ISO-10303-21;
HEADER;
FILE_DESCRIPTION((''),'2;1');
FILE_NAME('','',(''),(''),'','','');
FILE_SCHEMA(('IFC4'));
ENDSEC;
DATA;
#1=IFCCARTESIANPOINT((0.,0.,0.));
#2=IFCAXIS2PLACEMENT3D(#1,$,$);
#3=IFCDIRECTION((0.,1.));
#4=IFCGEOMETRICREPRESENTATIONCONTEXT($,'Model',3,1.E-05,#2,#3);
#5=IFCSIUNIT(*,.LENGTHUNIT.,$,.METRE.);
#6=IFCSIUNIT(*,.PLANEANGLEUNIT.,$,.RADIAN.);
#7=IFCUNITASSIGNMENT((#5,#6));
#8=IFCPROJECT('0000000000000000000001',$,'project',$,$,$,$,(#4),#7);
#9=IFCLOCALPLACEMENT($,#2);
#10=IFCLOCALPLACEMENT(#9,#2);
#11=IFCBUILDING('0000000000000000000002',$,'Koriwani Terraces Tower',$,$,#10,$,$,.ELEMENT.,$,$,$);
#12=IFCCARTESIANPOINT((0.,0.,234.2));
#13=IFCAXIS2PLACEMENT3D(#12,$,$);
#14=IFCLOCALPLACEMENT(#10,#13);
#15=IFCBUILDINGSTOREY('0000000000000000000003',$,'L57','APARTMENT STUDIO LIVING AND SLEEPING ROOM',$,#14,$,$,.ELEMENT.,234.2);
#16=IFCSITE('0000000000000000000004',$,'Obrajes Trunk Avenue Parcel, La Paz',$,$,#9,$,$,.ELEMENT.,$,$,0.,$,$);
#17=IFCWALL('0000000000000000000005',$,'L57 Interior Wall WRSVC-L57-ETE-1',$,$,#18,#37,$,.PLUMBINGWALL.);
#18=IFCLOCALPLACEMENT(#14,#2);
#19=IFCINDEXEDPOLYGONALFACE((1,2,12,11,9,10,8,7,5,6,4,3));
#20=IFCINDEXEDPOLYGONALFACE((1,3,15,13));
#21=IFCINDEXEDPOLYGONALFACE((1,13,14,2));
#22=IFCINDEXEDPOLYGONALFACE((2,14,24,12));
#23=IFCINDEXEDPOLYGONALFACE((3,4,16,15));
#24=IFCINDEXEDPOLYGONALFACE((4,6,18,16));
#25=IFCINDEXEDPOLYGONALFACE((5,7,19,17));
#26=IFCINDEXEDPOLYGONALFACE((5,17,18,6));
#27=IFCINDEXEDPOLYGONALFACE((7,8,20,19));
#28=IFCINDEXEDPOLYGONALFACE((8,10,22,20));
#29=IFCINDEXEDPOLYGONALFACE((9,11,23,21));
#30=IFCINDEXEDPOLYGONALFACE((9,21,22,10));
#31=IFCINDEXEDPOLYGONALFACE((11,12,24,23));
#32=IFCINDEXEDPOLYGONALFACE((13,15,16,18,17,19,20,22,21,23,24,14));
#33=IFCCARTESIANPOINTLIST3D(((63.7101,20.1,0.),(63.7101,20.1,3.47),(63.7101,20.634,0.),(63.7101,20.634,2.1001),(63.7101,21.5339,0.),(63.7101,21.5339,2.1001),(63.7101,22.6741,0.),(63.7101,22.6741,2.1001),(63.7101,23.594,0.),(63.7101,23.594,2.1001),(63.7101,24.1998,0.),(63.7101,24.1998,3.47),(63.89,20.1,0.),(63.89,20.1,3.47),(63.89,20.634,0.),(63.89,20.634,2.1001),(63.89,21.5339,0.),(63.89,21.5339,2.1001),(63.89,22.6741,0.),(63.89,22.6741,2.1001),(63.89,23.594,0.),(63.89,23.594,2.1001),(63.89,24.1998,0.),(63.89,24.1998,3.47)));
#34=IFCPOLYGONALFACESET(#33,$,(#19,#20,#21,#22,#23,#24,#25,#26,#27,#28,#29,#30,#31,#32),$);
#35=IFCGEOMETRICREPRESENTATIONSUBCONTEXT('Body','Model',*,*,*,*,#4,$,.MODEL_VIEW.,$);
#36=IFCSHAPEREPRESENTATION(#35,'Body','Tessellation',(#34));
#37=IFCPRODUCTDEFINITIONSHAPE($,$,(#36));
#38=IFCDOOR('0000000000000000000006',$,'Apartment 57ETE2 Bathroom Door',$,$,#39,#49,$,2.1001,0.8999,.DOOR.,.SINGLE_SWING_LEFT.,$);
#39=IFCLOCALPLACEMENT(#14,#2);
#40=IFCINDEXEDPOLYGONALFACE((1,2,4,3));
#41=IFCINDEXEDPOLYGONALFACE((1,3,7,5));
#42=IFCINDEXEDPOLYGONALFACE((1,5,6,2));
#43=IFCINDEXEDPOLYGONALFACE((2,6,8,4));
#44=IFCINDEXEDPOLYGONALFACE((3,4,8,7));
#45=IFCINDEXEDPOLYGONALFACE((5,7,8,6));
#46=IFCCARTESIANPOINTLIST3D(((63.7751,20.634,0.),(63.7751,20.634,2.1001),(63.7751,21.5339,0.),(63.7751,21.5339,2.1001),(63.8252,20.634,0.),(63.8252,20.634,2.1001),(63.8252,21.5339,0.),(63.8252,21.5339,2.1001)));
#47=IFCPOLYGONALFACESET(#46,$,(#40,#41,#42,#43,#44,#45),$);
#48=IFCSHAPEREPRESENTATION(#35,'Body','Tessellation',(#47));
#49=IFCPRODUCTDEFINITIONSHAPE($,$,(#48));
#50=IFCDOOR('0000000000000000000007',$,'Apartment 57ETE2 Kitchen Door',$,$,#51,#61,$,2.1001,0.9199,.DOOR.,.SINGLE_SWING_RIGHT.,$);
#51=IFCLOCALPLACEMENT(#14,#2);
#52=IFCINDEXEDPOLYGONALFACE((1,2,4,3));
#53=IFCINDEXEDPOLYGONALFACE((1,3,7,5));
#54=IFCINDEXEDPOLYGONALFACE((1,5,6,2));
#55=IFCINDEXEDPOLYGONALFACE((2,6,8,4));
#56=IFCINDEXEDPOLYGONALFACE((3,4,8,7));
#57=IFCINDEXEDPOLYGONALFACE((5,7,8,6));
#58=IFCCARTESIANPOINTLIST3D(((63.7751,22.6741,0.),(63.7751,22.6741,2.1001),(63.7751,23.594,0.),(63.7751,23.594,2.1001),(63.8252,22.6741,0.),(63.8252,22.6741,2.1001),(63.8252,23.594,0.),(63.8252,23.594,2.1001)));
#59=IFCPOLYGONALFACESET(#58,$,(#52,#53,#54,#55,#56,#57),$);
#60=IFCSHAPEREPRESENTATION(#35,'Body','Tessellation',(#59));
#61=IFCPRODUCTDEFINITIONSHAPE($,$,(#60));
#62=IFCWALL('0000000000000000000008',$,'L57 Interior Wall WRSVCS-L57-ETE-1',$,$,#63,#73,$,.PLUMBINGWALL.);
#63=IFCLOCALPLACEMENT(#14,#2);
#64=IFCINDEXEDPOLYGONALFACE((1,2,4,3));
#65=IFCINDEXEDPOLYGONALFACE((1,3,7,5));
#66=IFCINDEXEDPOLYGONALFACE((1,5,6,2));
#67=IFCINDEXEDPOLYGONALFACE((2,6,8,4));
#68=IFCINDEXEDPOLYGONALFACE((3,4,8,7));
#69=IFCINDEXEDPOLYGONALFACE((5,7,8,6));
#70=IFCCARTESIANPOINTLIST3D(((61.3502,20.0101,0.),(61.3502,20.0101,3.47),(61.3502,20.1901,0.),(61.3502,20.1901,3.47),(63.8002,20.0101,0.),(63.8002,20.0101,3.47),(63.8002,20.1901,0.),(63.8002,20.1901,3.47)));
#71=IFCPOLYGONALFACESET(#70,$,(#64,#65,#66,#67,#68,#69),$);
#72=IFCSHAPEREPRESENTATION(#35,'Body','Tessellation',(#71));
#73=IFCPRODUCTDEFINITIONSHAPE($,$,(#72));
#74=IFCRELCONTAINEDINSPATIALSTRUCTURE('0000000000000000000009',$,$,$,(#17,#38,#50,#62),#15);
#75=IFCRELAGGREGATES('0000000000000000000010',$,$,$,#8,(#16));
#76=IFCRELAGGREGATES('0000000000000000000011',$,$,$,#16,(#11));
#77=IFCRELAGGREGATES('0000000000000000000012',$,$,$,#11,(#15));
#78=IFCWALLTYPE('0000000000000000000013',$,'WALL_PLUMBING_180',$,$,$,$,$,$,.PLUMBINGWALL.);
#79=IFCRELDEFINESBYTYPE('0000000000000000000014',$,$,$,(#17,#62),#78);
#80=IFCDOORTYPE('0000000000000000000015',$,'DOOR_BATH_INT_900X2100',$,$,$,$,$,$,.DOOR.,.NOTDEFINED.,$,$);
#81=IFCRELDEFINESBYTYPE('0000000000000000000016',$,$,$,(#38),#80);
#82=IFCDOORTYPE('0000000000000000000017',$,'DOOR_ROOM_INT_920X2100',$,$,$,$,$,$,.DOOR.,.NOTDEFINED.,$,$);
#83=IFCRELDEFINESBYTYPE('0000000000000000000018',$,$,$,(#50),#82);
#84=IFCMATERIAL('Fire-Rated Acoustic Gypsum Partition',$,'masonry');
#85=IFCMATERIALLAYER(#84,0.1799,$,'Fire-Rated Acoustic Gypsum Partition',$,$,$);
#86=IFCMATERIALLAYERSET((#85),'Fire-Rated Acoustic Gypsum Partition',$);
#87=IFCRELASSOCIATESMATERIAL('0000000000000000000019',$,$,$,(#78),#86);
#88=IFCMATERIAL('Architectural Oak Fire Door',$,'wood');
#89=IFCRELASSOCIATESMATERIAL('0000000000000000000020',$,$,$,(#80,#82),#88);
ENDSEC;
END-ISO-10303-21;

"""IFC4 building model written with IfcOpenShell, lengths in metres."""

from ifc_helpers import new_model, si_unit, direction, frame, frame_2d, origin, place, context, subcontext, project, spatial, rectangle, extrude, material, layer, layer_set, type_object, element, fill, save


model = new_model("IFC4")

# Units and contexts
model_context = context("Model", 3, precision=1e-05, world=origin(), true_north=direction((0.0, 1.0)))
body_context = subcontext(model_context, "Body", "Model", "MODEL_VIEW")
ifc_project = project(units=[si_unit("LENGTHUNIT", "METRE"), si_unit("PLANEANGLEUNIT", "RADIAN")], contexts=[model_context])

# Site, building, storey
site_placement = place(None, origin())
site = spatial("IfcSite", under=ifc_project, at=site_placement, Name="Obrajes Trunk Avenue Parcel, La Paz", CompositionType="ELEMENT", RefElevation=0.0)
building_placement = place(site_placement, origin())
building = spatial("IfcBuilding", under=site, at=building_placement, Name="Koriwani Terraces Tower", CompositionType="ELEMENT")
storey_placement = place(building_placement, frame((0.0, 0.0, 234.2)))
storey = spatial("IfcBuildingStorey", under=building, at=storey_placement, Name="L57", Description="APARTMENT STUDIO LIVING AND SLEEPING ROOM", CompositionType="ELEMENT", Elevation=234.2)

# Shared definitions
ifc_material_1 = material(Name="Fire-Rated Acoustic Gypsum Partition", Category="masonry")
ifc_layer_1 = layer(ifc_material_1, 0.1799, Name="Fire-Rated Acoustic Gypsum Partition")
ifc_layer_set_1 = layer_set([ifc_layer_1], Name="Fire-Rated Acoustic Gypsum Partition")
wall_type_1 = type_object("IfcWallType", Name="WALL_PLUMBING_180", PredefinedType="PLUMBINGWALL", material=ifc_layer_set_1)
ifc_material_2 = material(Name="Architectural Oak Fire Door", Category="wood")
door_type_1 = type_object("IfcDoorType", Name="DOOR_BATH_INT_900X2100", OperationType="NOTDEFINED", PredefinedType="DOOR", material=ifc_material_2)
door_type_2 = type_object("IfcDoorType", Name="DOOR_ROOM_INT_920X2100", OperationType="NOTDEFINED", PredefinedType="DOOR", material=ifc_material_2)

# Wall, openings, doors
wall_1_placement = place(storey_placement, frame((63.8, 20.1001, 0.0), z_axis=(0.0, 0.0, 1.0), x_axis=(0.0, 1.0, 0.0)))
wall_1 = element("IfcWall", 1, at=wall_1_placement, inside=storey, type_object=wall_type_1, Name="L57 Interior Wall WRSVC-L57-ETE-1", PredefinedType="PLUMBINGWALL", context=body_context, shape_type="SweptSolid", body=[
    extrude(rectangle(XDim=4.0999, YDim=0.1799, at=frame_2d((2.0498, 0.0))), origin(), (0.0, 0.0, 1.0), 3.47),
])
opening_1_placement = place(wall_1_placement, frame((0.5339, 0.0, 0.0)))
opening_1 = element("IfcOpeningElement", 2, at=opening_1_placement, cuts=wall_1, PredefinedType="OPENING", context=body_context, shape_type="SweptSolid", body=[
    extrude(rectangle(XDim=0.8999, YDim=2.1001, at=frame_2d((0.45, 1.05))), frame((0.0, 0.1001, 0.0), z_axis=(0.0, -1.0, 0.0), x_axis=(1.0, 0.0, 0.0)), (0.0, 0.0, 1.0), 0.2),
])
opening_2_placement = place(wall_1_placement, frame((2.574, 0.0, 0.0)))
opening_2 = element("IfcOpeningElement", 3, at=opening_2_placement, cuts=wall_1, PredefinedType="OPENING", context=body_context, shape_type="SweptSolid", body=[
    extrude(rectangle(XDim=0.9199, YDim=2.1001, at=frame_2d((0.46, 1.05))), frame((0.0, 0.1001, 0.0), z_axis=(0.0, -1.0, 0.0), x_axis=(1.0, 0.0, 0.0)), (0.0, 0.0, 1.0), 0.2),
])
door_1_placement = place(opening_1_placement, origin())
door_1 = element("IfcDoor", 4, at=door_1_placement, inside=storey, type_object=door_type_1, Name="Apartment 57ETE2 Bathroom Door", OperationType="SINGLE_SWING_LEFT", OverallHeight=2.1001, OverallWidth=0.8999, PredefinedType="DOOR", context=body_context, shape_type="SweptSolid", body=[
    extrude(rectangle(XDim=0.8999, YDim=2.1001, at=frame_2d((0.45, 1.05))), frame((0.0, 0.0249, 0.0), z_axis=(0.0, -1.0, 0.0), x_axis=(1.0, 0.0, 0.0)), (0.0, 0.0, 1.0), 0.05),
])
fill(opening_1, door_1)
door_2_placement = place(opening_2_placement, origin())
door_2 = element("IfcDoor", 5, at=door_2_placement, inside=storey, type_object=door_type_2, Name="Apartment 57ETE2 Kitchen Door", OperationType="SINGLE_SWING_RIGHT", OverallHeight=2.1001, OverallWidth=0.9199, PredefinedType="DOOR", context=body_context, shape_type="SweptSolid", body=[
    extrude(rectangle(XDim=0.9199, YDim=2.1001, at=frame_2d((0.46, 1.05))), frame((0.0, 0.0249, 0.0), z_axis=(0.0, -1.0, 0.0), x_axis=(1.0, 0.0, 0.0)), (0.0, 0.0, 1.0), 0.05),
])
fill(opening_2, door_2)

# Wall
wall_2_placement = place(storey_placement, frame((61.3501, 20.1001, 0.0), z_axis=(0.0, 0.0, 1.0), x_axis=(1.0, 0.0, 0.0)))
element("IfcWall", 6, at=wall_2_placement, inside=storey, type_object=wall_type_1, Name="L57 Interior Wall WRSVCS-L57-ETE-1", PredefinedType="PLUMBINGWALL", context=body_context, shape_type="SweptSolid", body=[
    extrude(rectangle(XDim=2.45, YDim=0.1799, at=frame_2d((1.2251, 0.0))), origin(), (0.0, 0.0, 1.0), 3.47),
])

save(model, "model.ifc")
